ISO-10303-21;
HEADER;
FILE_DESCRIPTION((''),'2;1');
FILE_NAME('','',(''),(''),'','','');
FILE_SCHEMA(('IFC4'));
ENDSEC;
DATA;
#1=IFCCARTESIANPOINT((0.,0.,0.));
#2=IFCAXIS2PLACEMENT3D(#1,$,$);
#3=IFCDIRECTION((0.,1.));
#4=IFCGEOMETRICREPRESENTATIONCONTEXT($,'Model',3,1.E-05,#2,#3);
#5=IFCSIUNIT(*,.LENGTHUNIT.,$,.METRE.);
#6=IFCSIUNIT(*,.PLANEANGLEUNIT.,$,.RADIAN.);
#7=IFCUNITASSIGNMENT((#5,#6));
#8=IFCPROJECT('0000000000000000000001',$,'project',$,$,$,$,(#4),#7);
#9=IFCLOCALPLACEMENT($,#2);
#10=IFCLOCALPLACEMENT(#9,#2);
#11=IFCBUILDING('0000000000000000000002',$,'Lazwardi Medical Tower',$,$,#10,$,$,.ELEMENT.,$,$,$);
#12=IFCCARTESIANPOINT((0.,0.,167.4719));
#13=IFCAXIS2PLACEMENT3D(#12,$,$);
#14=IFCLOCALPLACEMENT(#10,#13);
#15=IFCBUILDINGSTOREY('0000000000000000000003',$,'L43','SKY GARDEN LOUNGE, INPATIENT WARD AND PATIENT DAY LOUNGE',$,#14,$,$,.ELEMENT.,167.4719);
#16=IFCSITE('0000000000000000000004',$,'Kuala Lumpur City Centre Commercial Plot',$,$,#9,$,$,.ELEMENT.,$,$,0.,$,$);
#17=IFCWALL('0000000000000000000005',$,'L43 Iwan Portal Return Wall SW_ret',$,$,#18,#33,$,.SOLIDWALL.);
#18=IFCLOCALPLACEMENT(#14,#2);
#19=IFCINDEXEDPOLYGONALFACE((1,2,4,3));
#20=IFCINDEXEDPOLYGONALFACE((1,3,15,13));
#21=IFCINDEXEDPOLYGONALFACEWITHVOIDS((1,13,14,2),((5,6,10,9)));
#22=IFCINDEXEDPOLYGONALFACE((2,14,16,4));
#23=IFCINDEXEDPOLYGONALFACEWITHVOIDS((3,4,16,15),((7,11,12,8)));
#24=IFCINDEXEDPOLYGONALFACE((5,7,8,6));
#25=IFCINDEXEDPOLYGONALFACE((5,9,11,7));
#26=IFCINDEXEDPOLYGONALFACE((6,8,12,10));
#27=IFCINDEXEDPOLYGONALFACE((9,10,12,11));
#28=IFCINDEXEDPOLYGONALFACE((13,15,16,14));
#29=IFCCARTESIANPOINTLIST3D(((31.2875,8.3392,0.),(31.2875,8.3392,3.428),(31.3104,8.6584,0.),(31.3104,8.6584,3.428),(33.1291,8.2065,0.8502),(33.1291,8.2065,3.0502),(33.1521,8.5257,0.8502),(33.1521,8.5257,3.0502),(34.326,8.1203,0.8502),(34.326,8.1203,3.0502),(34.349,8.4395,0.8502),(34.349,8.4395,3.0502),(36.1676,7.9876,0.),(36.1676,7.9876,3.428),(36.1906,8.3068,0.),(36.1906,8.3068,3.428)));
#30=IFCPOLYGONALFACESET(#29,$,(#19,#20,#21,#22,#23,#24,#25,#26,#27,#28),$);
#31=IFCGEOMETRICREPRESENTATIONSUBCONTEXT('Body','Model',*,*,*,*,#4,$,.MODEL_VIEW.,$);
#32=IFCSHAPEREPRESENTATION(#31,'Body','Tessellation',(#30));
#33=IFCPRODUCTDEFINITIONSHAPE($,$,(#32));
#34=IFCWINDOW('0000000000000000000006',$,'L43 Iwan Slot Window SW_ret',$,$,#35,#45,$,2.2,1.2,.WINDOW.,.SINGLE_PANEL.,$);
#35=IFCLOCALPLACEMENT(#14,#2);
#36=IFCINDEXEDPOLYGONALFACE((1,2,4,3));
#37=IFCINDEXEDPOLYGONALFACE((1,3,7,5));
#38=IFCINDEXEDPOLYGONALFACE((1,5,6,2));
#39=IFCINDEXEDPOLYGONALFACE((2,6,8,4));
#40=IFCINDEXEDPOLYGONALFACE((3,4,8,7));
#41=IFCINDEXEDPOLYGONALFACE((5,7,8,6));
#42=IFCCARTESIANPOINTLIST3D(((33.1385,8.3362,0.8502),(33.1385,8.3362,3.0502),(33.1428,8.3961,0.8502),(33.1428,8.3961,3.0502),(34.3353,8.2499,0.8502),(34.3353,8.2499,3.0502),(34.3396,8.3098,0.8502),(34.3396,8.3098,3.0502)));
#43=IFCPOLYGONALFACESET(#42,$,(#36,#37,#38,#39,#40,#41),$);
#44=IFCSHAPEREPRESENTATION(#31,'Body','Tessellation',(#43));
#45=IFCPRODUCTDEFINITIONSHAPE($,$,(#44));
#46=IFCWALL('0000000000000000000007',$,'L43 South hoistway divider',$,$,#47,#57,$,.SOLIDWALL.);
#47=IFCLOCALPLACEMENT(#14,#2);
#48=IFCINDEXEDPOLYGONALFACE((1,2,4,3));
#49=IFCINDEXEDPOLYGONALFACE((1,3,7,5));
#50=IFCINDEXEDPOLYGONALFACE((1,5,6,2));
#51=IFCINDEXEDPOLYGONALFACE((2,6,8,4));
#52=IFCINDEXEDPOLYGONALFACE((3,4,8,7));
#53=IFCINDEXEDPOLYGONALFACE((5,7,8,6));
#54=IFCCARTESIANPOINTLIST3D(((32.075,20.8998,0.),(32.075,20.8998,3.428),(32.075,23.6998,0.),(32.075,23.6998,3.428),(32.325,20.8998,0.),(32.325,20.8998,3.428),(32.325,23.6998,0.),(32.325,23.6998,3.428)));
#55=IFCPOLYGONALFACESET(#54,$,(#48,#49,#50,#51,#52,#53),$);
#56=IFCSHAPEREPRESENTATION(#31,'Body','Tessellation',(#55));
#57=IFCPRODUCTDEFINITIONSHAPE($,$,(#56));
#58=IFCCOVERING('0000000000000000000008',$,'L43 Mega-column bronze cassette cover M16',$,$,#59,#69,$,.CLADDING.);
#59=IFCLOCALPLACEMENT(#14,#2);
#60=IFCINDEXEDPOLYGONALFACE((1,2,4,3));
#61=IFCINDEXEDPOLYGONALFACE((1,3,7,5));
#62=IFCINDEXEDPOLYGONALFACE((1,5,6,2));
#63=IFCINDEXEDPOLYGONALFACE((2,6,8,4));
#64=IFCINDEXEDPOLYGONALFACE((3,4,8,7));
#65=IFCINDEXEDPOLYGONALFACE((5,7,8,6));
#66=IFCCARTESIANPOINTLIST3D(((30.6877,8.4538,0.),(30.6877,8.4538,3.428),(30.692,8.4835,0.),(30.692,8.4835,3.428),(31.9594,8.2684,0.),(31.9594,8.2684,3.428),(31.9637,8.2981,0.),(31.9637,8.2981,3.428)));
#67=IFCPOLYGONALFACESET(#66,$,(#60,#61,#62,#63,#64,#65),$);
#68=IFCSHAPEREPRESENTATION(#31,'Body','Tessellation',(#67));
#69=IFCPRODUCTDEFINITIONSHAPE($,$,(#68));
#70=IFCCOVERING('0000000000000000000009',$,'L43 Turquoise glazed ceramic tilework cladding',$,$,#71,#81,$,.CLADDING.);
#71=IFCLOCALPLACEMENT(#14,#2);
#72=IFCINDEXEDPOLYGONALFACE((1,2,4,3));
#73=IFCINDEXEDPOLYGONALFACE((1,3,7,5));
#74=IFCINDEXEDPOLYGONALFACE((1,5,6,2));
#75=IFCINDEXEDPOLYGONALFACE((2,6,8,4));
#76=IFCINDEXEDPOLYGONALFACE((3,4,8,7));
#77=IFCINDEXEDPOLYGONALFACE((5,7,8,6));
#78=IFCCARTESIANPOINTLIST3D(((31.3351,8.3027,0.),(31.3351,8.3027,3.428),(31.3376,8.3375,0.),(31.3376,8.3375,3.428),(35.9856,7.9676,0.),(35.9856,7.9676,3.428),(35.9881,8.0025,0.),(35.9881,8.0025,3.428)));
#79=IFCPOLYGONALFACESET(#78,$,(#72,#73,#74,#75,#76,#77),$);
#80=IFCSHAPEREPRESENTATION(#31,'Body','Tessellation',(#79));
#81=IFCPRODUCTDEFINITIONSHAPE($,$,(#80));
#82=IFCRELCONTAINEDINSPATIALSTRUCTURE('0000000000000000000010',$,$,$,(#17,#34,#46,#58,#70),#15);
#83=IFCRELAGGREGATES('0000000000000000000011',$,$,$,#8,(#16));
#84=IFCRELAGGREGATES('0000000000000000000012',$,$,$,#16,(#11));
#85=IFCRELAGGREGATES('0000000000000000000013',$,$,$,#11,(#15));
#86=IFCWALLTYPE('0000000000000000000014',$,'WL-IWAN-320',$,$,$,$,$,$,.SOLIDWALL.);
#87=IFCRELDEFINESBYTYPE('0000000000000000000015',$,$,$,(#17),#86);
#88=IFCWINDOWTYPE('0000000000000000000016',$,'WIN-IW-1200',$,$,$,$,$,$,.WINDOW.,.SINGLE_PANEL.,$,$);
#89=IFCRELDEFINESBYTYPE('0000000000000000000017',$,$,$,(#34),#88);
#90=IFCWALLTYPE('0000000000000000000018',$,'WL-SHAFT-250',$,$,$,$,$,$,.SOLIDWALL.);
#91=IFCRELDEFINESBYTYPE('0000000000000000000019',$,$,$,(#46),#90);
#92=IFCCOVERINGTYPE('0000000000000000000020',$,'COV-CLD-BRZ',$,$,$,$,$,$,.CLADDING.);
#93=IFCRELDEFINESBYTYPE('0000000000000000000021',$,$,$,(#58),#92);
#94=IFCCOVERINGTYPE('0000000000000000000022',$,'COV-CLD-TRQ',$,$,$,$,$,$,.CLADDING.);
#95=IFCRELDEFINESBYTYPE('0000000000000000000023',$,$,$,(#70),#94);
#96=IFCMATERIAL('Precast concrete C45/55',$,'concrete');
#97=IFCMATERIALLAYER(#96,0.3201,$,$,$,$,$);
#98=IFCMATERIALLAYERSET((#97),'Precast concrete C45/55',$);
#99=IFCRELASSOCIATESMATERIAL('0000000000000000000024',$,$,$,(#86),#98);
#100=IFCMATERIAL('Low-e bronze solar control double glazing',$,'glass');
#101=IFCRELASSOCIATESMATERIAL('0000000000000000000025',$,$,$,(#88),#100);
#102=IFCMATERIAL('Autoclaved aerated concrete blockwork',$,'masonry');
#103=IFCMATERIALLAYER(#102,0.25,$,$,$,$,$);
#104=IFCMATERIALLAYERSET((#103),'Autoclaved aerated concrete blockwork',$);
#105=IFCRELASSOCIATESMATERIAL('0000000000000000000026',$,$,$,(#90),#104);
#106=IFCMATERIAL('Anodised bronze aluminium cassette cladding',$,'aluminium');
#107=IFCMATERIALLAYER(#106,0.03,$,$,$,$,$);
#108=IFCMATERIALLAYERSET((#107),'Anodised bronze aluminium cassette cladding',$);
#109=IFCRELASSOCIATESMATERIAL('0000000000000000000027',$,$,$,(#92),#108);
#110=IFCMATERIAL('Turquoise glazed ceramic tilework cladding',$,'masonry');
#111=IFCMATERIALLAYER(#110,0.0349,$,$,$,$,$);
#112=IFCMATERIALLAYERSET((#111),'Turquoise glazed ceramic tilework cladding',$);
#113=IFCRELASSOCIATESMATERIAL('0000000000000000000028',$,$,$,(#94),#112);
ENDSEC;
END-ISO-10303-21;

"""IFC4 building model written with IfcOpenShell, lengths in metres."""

from ifc_helpers import new_model, si_unit, direction, frame, frame_2d, origin, origin_2d, place, context, subcontext, project, spatial, rectangle, extrude, material, layer, layer_set, type_object, element, fill, save


model = new_model("IFC4")

# Units and contexts
model_context = context("Model", 3, precision=1e-05, world=origin(), true_north=direction((0.0, 1.0)))
body_context = subcontext(model_context, "Body", "Model", "MODEL_VIEW")
ifc_project = project(units=[si_unit("LENGTHUNIT", "METRE"), si_unit("PLANEANGLEUNIT", "RADIAN")], contexts=[model_context])

# Site, building, storey
site_placement = place(None, origin())
site = spatial("IfcSite", under=ifc_project, at=site_placement, Name="Kuala Lumpur City Centre Commercial Plot", CompositionType="ELEMENT", RefElevation=0.0)
building_placement = place(site_placement, origin())
building = spatial("IfcBuilding", under=site, at=building_placement, Name="Lazwardi Medical Tower", CompositionType="ELEMENT")
storey_placement = place(building_placement, frame((0.0, 0.0, 167.4719)))
storey = spatial("IfcBuildingStorey", under=building, at=storey_placement, Name="L43", Description="SKY GARDEN LOUNGE, INPATIENT WARD AND PATIENT DAY LOUNGE", CompositionType="ELEMENT", Elevation=167.4719)

# Shared definitions
ifc_material_1 = material(Name="Low-e bronze solar control double glazing", Category="glass")

# Wall, opening, window
ifc_material_2 = material(Name="Precast concrete C45/55", Category="concrete")
ifc_layer_1 = layer(ifc_material_2, 0.3201)
ifc_layer_set_1 = layer_set([ifc_layer_1], Name="Precast concrete C45/55")
wall_type_1 = type_object("IfcWallType", Name="WL-IWAN-320", PredefinedType="SOLIDWALL", material=ifc_layer_set_1)
wall_1_placement = place(storey_placement, frame((31.2991, 8.4988, 0.0), z_axis=(0.0, 0.0, 1.0), x_axis=(0.997415, -0.071853, 0.0)))
wall_1 = element("IfcWall", 1, at=wall_1_placement, inside=storey, type_object=wall_type_1, Name="L43 Iwan Portal Return Wall SW_ret", PredefinedType="SOLIDWALL", context=body_context, shape_type="SweptSolid", body=[
    extrude(rectangle(XDim=4.8928, YDim=0.3201, at=frame_2d((2.4463, 0.0))), origin(), (0.0, 0.0, 1.0), 3.428),
])
opening_1_placement = place(wall_1_placement, frame((1.8462, 0.0, 0.8501)))
opening_1 = element("IfcOpeningElement", 2, at=opening_1_placement, cuts=wall_1, PredefinedType="OPENING", context=body_context, shape_type="SweptSolid", body=[
    extrude(rectangle(XDim=1.2, YDim=2.2, at=frame_2d((0.6001, 1.1001))), frame((0.0, 0.1699, 0.0), z_axis=(0.0, -1.0, 0.0), x_axis=(1.0, 0.0, 0.0)), (0.0, 0.0, 1.0), 0.3401),
])
window_type = type_object("IfcWindowType", Name="WIN-IW-1200", PartitioningType="SINGLE_PANEL", PredefinedType="WINDOW", material=ifc_material_1)
window_placement = place(opening_1_placement, origin())
window = element("IfcWindow", 3, at=window_placement, inside=storey, type_object=window_type, Name="L43 Iwan Slot Window SW_ret", OverallHeight=2.2, OverallWidth=1.2, PartitioningType="SINGLE_PANEL", PredefinedType="WINDOW", context=body_context, shape_type="SweptSolid", body=[
    extrude(rectangle(XDim=1.2, YDim=2.2, at=frame_2d((0.6001, 1.1001))), frame((0.0, 0.03, 0.0), z_axis=(0.0, -1.0, 0.0), x_axis=(1.0, 0.0, 0.0)), (0.0, 0.0, 1.0), 0.0601),
])
fill(opening_1, window)

# Wall
ifc_material_3 = material(Name="Autoclaved aerated concrete blockwork", Category="masonry")
ifc_layer_2 = layer(ifc_material_3, 0.25)
ifc_layer_set_2 = layer_set([ifc_layer_2], Name="Autoclaved aerated concrete blockwork")
wall_type_2 = type_object("IfcWallType", Name="WL-SHAFT-250", PredefinedType="SOLIDWALL", material=ifc_layer_set_2)
wall_2_placement = place(storey_placement, frame((32.2, 20.8999, 0.0), z_axis=(0.0, 0.0, 1.0), x_axis=(0.0, 1.0, 0.0)))
element("IfcWall", 4, at=wall_2_placement, inside=storey, type_object=wall_type_2, Name="L43 South hoistway divider", PredefinedType="SOLIDWALL", context=body_context, shape_type="SweptSolid", body=[
    extrude(rectangle(XDim=2.8, YDim=0.25, at=frame_2d((1.3999, 0.0))), origin(), (0.0, 0.0, 1.0), 3.428),
])

# Coverings
ifc_material_4 = material(Name="Anodised bronze aluminium cassette cladding", Category="aluminium")
ifc_layer_3 = layer(ifc_material_4, 0.03)
ifc_layer_set_3 = layer_set([ifc_layer_3], Name="Anodised bronze aluminium cassette cladding")
covering_type_1 = type_object("IfcCoveringType", Name="COV-CLD-BRZ", PredefinedType="CLADDING", material=ifc_layer_set_3)
covering_1_placement = place(storey_placement, frame((31.3257, 8.376, 0.0), z_axis=(0.0, 0.0, 1.0), x_axis=(0.989539, -0.144265, 0.0)))
element("IfcCovering", 5, at=covering_1_placement, inside=storey, type_object=covering_type_1, Name="L43 Mega-column bronze cassette cover M16", PredefinedType="CLADDING", context=body_context, shape_type="SweptSolid", body=[
    extrude(rectangle(XDim=1.2852, YDim=0.03, at=origin_2d()), origin(), (0.0, 0.0, 1.0), 3.428),
])
ifc_material_5 = material(Name="Turquoise glazed ceramic tilework cladding", Category="masonry")
ifc_layer_4 = layer(ifc_material_5, 0.0349)
ifc_layer_set_4 = layer_set([ifc_layer_4], Name="Turquoise glazed ceramic tilework cladding")
covering_type_2 = type_object("IfcCoveringType", Name="COV-CLD-TRQ", PredefinedType="CLADDING", material=ifc_layer_set_4)
covering_2_placement = place(storey_placement, frame((33.6616, 8.1526, 0.0), z_axis=(0.0, 0.0, 1.0), x_axis=(0.997414, -0.071868, 0.0)))
element("IfcCovering", 6, at=covering_2_placement, inside=storey, type_object=covering_type_2, Name="L43 Turquoise glazed ceramic tilework cladding", PredefinedType="CLADDING", context=body_context, shape_type="SweptSolid", body=[
    extrude(rectangle(XDim=4.6626, YDim=0.0349, at=origin_2d()), origin(), (0.0, 0.0, 1.0), 3.428),
])

save(model, "model.ifc")
